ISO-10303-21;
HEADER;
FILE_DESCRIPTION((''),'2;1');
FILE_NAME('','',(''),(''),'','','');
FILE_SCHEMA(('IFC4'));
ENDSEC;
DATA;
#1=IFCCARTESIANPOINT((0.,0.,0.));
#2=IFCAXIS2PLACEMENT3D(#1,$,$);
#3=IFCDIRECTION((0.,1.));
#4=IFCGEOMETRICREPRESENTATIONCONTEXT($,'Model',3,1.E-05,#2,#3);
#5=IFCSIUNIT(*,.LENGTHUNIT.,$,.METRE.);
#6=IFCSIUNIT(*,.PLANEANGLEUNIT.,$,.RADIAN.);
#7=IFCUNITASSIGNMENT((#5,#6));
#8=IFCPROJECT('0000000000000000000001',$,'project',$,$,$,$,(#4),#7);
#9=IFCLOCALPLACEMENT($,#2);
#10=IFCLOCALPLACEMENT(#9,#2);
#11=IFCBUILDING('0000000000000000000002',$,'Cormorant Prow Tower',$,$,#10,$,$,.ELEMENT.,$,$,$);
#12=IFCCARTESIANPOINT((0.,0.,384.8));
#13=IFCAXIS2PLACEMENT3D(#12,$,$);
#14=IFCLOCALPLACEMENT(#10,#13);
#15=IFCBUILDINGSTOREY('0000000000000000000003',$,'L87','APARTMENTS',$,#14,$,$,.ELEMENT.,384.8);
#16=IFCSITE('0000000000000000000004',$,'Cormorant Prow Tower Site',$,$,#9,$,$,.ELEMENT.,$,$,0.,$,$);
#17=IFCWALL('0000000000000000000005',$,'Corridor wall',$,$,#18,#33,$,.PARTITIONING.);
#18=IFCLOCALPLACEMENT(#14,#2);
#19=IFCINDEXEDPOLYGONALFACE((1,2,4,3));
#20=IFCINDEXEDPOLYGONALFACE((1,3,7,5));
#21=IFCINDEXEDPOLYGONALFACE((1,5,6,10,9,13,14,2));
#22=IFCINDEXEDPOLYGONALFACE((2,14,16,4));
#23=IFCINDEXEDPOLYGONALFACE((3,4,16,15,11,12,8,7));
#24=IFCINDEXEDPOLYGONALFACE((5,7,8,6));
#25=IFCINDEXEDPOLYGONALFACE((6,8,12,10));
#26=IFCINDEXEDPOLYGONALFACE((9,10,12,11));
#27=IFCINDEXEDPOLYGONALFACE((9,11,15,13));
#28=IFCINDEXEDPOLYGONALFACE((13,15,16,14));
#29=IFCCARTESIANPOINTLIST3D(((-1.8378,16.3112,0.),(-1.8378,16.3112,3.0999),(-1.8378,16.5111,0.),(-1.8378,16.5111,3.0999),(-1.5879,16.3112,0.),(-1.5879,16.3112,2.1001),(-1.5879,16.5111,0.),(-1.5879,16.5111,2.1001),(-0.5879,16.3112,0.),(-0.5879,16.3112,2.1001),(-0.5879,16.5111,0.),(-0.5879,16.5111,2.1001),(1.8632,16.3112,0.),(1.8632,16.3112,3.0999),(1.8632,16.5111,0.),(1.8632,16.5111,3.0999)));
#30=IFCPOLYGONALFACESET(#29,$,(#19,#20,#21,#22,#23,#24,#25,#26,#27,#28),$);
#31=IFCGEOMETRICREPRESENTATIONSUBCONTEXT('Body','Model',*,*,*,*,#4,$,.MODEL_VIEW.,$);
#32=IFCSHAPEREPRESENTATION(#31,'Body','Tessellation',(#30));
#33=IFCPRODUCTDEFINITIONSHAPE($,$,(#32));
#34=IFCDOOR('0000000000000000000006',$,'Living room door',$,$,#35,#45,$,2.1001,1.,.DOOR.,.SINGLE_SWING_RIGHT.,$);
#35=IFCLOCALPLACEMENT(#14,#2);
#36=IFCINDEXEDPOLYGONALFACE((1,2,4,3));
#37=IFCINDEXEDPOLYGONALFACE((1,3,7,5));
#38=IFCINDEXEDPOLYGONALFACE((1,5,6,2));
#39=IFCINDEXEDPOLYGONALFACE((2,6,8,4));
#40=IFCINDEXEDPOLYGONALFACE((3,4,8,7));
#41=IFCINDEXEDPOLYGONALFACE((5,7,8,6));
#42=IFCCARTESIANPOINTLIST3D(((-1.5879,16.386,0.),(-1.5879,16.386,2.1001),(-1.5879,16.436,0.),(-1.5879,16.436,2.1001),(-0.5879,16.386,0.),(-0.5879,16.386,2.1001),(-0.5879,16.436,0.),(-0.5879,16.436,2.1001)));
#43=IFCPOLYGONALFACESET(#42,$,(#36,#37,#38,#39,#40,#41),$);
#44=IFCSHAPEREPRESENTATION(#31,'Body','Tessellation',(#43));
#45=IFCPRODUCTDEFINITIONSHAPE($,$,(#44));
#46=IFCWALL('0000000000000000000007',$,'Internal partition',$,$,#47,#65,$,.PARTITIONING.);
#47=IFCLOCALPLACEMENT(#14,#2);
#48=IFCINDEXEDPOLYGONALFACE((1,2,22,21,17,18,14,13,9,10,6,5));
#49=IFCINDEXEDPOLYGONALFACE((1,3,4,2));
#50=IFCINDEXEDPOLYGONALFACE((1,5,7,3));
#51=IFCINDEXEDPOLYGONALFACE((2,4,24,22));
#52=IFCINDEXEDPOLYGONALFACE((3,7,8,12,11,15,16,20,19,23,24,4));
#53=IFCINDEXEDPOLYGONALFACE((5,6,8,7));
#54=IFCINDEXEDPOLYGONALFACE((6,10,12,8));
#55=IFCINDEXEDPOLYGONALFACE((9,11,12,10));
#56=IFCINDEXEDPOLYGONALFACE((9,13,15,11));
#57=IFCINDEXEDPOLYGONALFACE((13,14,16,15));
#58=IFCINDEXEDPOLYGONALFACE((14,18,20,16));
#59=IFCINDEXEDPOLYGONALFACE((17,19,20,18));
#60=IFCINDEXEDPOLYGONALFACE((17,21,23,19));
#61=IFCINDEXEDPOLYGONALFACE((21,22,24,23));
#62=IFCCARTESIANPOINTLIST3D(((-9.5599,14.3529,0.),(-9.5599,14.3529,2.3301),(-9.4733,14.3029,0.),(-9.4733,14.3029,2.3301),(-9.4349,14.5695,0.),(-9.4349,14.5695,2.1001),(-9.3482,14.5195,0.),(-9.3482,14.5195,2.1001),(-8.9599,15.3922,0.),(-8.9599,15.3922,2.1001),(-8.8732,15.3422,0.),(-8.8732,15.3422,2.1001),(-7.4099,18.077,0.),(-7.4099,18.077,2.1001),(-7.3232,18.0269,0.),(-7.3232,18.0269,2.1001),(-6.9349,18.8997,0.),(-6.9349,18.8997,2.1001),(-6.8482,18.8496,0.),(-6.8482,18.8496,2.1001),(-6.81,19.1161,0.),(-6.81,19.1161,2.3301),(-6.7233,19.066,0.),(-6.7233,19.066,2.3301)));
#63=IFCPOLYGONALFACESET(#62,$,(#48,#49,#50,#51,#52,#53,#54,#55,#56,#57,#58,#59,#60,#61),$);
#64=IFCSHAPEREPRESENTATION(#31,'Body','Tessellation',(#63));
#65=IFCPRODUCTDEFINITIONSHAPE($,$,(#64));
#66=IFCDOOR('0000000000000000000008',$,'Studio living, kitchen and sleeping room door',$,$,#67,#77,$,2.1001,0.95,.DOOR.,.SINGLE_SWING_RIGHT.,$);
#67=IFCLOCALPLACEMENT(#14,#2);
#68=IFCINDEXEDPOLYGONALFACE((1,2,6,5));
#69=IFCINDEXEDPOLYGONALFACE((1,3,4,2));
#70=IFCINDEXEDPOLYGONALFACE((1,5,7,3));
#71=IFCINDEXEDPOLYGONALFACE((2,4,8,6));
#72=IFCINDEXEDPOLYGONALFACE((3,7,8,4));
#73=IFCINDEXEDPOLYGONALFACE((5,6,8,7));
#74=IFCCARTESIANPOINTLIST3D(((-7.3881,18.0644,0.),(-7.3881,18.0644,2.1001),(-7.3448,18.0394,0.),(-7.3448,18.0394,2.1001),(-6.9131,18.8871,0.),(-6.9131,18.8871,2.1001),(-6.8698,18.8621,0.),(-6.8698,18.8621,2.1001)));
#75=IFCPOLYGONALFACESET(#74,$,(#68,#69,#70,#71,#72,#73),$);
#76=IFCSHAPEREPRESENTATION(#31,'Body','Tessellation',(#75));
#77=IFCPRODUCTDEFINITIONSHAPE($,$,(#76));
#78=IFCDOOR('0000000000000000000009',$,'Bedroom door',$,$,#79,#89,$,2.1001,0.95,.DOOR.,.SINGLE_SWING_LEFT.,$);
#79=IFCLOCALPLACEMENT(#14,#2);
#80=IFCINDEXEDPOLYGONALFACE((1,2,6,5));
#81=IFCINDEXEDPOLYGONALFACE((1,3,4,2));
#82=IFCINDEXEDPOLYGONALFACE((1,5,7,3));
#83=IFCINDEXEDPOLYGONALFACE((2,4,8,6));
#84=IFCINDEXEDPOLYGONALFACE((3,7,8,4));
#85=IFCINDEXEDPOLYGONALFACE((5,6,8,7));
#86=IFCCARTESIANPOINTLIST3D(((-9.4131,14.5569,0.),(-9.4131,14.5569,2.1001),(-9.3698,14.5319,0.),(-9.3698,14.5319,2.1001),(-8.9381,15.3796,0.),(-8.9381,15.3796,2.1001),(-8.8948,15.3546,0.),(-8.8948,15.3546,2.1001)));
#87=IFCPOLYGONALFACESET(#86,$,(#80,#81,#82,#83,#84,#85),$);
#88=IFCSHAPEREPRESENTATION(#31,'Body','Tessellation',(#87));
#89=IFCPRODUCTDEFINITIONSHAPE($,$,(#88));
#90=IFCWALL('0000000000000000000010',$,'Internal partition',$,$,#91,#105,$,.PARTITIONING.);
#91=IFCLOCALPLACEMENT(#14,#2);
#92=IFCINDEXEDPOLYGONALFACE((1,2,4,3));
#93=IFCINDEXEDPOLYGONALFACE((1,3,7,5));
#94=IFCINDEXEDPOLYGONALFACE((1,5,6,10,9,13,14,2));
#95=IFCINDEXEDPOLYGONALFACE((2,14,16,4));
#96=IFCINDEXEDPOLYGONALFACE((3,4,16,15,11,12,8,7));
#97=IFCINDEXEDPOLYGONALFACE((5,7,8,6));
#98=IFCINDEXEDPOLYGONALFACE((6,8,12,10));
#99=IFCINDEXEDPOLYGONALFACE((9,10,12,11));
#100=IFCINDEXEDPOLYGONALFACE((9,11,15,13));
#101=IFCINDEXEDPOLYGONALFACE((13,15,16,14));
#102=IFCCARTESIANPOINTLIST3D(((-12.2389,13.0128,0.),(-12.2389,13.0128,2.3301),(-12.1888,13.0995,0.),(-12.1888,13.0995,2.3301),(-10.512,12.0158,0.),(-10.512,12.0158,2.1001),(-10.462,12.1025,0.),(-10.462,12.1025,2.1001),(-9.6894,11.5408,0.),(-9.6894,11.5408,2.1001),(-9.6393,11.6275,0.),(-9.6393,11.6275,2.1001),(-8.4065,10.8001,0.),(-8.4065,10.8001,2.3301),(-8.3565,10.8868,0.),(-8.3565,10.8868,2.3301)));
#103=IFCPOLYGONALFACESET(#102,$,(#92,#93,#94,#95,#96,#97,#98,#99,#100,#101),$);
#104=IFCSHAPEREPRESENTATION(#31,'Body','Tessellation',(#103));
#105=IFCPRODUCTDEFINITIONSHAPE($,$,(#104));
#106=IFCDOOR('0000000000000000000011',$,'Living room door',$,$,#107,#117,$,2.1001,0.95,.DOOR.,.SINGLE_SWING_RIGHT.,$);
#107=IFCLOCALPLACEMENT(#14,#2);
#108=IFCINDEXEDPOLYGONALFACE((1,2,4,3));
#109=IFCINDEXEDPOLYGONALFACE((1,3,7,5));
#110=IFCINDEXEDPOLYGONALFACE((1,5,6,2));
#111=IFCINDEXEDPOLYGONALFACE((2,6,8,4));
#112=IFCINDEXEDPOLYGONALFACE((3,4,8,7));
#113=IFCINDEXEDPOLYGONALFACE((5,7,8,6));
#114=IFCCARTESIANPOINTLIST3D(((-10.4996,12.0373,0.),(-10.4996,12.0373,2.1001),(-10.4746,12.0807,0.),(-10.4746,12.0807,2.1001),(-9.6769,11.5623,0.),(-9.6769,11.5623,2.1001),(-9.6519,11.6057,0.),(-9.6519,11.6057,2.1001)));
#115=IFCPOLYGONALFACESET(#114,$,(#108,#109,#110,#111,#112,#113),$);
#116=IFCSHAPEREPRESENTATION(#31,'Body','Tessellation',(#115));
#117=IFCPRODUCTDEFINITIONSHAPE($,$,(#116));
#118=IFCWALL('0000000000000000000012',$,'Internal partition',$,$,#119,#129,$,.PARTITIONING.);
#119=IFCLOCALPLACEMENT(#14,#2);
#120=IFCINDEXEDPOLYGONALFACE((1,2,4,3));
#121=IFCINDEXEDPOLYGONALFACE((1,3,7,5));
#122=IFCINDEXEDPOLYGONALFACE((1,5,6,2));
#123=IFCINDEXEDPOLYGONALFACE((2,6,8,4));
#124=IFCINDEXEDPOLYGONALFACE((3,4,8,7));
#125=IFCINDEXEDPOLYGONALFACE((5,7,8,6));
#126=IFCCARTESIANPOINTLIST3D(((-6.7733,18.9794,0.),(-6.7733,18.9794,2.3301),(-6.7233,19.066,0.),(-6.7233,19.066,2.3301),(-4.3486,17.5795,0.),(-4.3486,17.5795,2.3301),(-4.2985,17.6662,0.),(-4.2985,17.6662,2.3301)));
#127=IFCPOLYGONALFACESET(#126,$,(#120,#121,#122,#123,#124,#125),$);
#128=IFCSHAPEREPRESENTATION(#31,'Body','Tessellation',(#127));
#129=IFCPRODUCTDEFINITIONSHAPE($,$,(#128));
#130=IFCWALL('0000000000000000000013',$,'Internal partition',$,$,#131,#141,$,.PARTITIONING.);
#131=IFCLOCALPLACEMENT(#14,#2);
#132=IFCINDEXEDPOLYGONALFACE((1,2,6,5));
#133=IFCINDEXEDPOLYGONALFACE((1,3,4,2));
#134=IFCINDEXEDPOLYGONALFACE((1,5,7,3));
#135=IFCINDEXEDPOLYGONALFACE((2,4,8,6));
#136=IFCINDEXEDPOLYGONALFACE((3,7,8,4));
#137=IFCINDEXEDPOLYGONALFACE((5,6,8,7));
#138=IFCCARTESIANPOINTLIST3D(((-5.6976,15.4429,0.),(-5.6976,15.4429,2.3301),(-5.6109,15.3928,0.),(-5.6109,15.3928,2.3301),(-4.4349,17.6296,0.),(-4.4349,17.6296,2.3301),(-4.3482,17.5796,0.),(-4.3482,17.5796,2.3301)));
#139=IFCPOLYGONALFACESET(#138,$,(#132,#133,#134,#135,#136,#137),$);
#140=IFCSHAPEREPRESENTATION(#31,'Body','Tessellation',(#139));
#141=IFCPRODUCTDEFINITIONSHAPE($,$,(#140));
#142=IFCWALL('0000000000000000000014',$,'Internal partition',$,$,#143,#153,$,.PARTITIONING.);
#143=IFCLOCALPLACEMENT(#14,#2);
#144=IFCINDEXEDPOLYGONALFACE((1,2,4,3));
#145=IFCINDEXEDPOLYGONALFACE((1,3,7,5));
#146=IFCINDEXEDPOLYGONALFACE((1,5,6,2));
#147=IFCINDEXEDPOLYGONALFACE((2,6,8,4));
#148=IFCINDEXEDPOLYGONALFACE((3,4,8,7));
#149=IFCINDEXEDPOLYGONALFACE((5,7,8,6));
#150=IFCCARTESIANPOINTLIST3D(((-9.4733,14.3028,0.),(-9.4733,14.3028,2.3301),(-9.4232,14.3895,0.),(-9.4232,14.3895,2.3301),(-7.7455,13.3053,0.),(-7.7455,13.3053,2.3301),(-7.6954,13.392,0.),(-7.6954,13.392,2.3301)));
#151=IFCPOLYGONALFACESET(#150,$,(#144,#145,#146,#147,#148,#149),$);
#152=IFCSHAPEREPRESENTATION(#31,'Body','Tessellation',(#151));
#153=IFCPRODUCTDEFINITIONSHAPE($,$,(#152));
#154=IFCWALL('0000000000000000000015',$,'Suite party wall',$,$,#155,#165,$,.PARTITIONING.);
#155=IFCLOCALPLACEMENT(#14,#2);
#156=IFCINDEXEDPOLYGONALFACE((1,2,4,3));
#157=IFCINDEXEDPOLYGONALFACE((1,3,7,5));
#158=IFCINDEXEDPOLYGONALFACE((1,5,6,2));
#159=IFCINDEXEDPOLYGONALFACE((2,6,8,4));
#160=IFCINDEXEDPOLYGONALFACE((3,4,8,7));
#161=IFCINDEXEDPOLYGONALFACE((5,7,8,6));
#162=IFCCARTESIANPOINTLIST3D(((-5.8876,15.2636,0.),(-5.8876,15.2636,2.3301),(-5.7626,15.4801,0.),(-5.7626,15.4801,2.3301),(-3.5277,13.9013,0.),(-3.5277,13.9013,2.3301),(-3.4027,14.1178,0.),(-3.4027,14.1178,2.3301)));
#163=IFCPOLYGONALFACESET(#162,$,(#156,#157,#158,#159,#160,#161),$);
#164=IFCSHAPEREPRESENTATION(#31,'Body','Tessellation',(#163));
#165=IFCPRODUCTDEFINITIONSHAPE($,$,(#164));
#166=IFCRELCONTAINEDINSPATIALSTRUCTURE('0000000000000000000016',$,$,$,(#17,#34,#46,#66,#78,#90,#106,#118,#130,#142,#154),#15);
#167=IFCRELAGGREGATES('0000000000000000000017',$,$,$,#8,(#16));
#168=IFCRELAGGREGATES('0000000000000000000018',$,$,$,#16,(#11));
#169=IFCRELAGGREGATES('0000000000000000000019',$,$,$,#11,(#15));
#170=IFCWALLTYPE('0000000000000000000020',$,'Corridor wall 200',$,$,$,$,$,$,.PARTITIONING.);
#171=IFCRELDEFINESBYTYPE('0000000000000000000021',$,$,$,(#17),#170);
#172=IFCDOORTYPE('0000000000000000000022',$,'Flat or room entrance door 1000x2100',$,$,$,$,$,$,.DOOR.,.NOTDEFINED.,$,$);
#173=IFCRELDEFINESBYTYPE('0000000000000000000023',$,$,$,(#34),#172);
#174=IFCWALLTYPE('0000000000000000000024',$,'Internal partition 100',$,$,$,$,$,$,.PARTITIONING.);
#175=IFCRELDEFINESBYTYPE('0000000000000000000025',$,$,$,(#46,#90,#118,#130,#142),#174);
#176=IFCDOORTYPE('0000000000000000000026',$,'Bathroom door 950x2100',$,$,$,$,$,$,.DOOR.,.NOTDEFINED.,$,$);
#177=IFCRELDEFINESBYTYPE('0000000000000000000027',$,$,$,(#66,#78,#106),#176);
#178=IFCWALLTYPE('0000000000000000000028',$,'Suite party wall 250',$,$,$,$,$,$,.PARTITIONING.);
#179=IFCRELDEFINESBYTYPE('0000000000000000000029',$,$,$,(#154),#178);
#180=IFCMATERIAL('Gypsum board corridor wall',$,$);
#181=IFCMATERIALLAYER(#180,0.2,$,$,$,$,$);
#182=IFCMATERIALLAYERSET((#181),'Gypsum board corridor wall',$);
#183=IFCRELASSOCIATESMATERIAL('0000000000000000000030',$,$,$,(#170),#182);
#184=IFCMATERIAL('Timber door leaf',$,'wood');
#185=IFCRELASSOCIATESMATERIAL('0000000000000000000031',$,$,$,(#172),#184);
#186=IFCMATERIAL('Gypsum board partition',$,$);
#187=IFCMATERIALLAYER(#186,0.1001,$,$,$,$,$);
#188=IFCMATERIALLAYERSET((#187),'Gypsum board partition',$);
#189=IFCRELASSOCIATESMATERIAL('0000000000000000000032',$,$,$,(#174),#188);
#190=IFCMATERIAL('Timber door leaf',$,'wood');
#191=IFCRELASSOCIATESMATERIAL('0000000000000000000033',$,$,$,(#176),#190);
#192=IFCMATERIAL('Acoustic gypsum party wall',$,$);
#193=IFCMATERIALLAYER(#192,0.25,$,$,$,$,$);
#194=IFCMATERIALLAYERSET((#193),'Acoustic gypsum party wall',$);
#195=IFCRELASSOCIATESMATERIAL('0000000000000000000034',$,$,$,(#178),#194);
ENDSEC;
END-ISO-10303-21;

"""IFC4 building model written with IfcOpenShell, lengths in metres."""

from ifc_helpers import new_model, si_unit, direction, frame, frame_2d, origin, place, context, subcontext, project, spatial, rectangle, extrude, material, layer, layer_set, type_object, element, fill, save


model = new_model("IFC4")

# Units and contexts
model_context = context("Model", 3, precision=1e-05, world=origin(), true_north=direction((0.0, 1.0)))
body_context = subcontext(model_context, "Body", "Model", "MODEL_VIEW")
ifc_project = project(units=[si_unit("LENGTHUNIT", "METRE"), si_unit("PLANEANGLEUNIT", "RADIAN")], contexts=[model_context])

# Site, building, storey
site_placement = place(None, origin())
site = spatial("IfcSite", under=ifc_project, at=site_placement, Name="Cormorant Prow Tower Site", CompositionType="ELEMENT", RefElevation=0.0)
building_placement = place(site_placement, origin())
building = spatial("IfcBuilding", under=site, at=building_placement, Name="Cormorant Prow Tower", CompositionType="ELEMENT")
storey_placement = place(building_placement, frame((0.0, 0.0, 384.8)))
storey = spatial("IfcBuildingStorey", under=building, at=storey_placement, Name="L87", Description="APARTMENTS", CompositionType="ELEMENT", Elevation=384.8)

# Wall, opening, door
ifc_material_1 = material(Name="Gypsum board corridor wall")
ifc_layer_1 = layer(ifc_material_1, 0.2)
ifc_layer_set_1 = layer_set([ifc_layer_1], Name="Gypsum board corridor wall")
wall_type_1 = type_object("IfcWallType", Name="Corridor wall 200", PredefinedType="PARTITIONING", material=ifc_layer_set_1)
ifc_material_2 = material(Name="Timber door leaf", Category="wood")
door_type_1 = type_object("IfcDoorType", Name="Flat or room entrance door 1000x2100", OperationType="NOTDEFINED", PredefinedType="DOOR", material=ifc_material_2)
wall_1_placement = place(storey_placement, frame((-1.8379, 16.4111, 0.0), z_axis=(0.0, 0.0, 1.0), x_axis=(1.0, 0.0, 0.0)))
wall_1 = element("IfcWall", 1, at=wall_1_placement, inside=storey, type_object=wall_type_1, Name="Corridor wall", PredefinedType="PARTITIONING", context=body_context, shape_type="SweptSolid", body=[
    extrude(rectangle(XDim=3.7009, YDim=0.2, at=frame_2d((1.8506, 0.0))), origin(), (0.0, 0.0, 1.0), 3.0999),
])
opening_1_placement = place(wall_1_placement, frame((0.25, 0.0, 0.0)))
opening_1 = element("IfcOpeningElement", 2, at=opening_1_placement, cuts=wall_1, PredefinedType="OPENING", context=body_context, shape_type="SweptSolid", body=[
    extrude(rectangle(XDim=1.0, YDim=2.1001, at=frame_2d((0.5, 1.05))), frame((0.0, 0.1099, 0.0), z_axis=(0.0, -1.0, 0.0), x_axis=(1.0, 0.0, 0.0)), (0.0, 0.0, 1.0), 0.22),
])
door_1_placement = place(opening_1_placement, origin())
door_1 = element("IfcDoor", 3, at=door_1_placement, inside=storey, type_object=door_type_1, Name="Living room door", OperationType="SINGLE_SWING_RIGHT", OverallHeight=2.1001, OverallWidth=1.0, PredefinedType="DOOR", context=body_context, shape_type="SweptSolid", body=[
    extrude(rectangle(XDim=1.0, YDim=2.1001, at=frame_2d((0.5, 1.05))), frame((0.0, 0.0249, 0.0), z_axis=(0.0, -1.0, 0.0), x_axis=(1.0, 0.0, 0.0)), (0.0, 0.0, 1.0), 0.05),
])
fill(opening_1, door_1)

# Wall, openings, doors
ifc_material_3 = material(Name="Gypsum board partition")
ifc_layer_2 = layer(ifc_material_3, 0.1001)
ifc_layer_set_2 = layer_set([ifc_layer_2], Name="Gypsum board partition")
wall_type_2 = type_object("IfcWallType", Name="Internal partition 100", PredefinedType="PARTITIONING", material=ifc_layer_set_2)
wall_2_placement = place(storey_placement, frame((-9.5166, 14.3279, 0.0), z_axis=(0.0, 0.0, 1.0), x_axis=(0.499997, 0.866027, 0.0)))
wall_2 = element("IfcWall", 4, at=wall_2_placement, inside=storey, type_object=wall_type_2, Name="Internal partition", PredefinedType="PARTITIONING", context=body_context, shape_type="SweptSolid", body=[
    extrude(rectangle(XDim=5.5, YDim=0.1001, at=frame_2d((2.75, 0.0))), origin(), (0.0, 0.0, 1.0), 2.3301),
])
opening_2_placement = place(wall_2_placement, frame((4.3, 0.0, 0.0)))
opening_2 = element("IfcOpeningElement", 5, at=opening_2_placement, cuts=wall_2, PredefinedType="OPENING", context=body_context, shape_type="SweptSolid", body=[
    extrude(rectangle(XDim=0.95, YDim=2.1001, at=frame_2d((0.4751, 1.05))), frame((0.0, 0.0601, 0.0), z_axis=(0.0, -1.0, 0.0), x_axis=(1.0, 0.0, 0.0)), (0.0, 0.0, 1.0), 0.1201),
])
opening_3_placement = place(wall_2_placement, frame((0.25, 0.0, 0.0)))
opening_3 = element("IfcOpeningElement", 6, at=opening_3_placement, cuts=wall_2, PredefinedType="OPENING", context=body_context, shape_type="SweptSolid", body=[
    extrude(rectangle(XDim=0.95, YDim=2.1001, at=frame_2d((0.4751, 1.05))), frame((0.0, 0.0601, 0.0), z_axis=(0.0, -1.0, 0.0), x_axis=(1.0, 0.0, 0.0)), (0.0, 0.0, 1.0), 0.1201),
])
ifc_material_4 = material(Name="Timber door leaf", Category="wood")
door_type_2 = type_object("IfcDoorType", Name="Bathroom door 950x2100", OperationType="NOTDEFINED", PredefinedType="DOOR", material=ifc_material_4)
door_2_placement = place(opening_2_placement, origin())
door_2 = element("IfcDoor", 7, at=door_2_placement, inside=storey, type_object=door_type_2, Name="Studio living, kitchen and sleeping room door", OperationType="SINGLE_SWING_RIGHT", OverallHeight=2.1001, OverallWidth=0.95, PredefinedType="DOOR", context=body_context, shape_type="SweptSolid", body=[
    extrude(rectangle(XDim=0.95, YDim=2.1001, at=frame_2d((0.4751, 1.05))), frame((0.0, 0.0249, 0.0), z_axis=(0.0, -1.0, 0.0), x_axis=(1.0, 0.0, 0.0)), (0.0, 0.0, 1.0), 0.05),
])
fill(opening_2, door_2)
door_3_placement = place(opening_3_placement, origin())
door_3 = element("IfcDoor", 8, at=door_3_placement, inside=storey, type_object=door_type_2, Name="Bedroom door", OperationType="SINGLE_SWING_LEFT", OverallHeight=2.1001, OverallWidth=0.95, PredefinedType="DOOR", context=body_context, shape_type="SweptSolid", body=[
    extrude(rectangle(XDim=0.95, YDim=2.1001, at=frame_2d((0.4751, 1.05))), frame((0.0, 0.0249, 0.0), z_axis=(0.0, -1.0, 0.0), x_axis=(1.0, 0.0, 0.0)), (0.0, 0.0, 1.0), 0.05),
])
fill(opening_3, door_3)

# Wall, opening, door
wall_3_placement = place(storey_placement, frame((-12.2139, 13.0562, 0.0), z_axis=(0.0, 0.0, 1.0), x_axis=(0.866017, -0.500014, 0.0)))
wall_3 = element("IfcWall", 9, at=wall_3_placement, inside=storey, type_object=wall_type_2, Name="Internal partition", PredefinedType="PARTITIONING", context=body_context, shape_type="SweptSolid", body=[
    extrude(rectangle(XDim=4.4253, YDim=0.1001, at=frame_2d((2.2126, 0.0))), origin(), (0.0, 0.0, 1.0), 2.3301),
])
opening_4_placement = place(wall_3_placement, frame((1.9939, 0.0, 0.0)))
opening_4 = element("IfcOpeningElement", 10, at=opening_4_placement, cuts=wall_3, PredefinedType="OPENING", context=body_context, shape_type="SweptSolid", body=[
    extrude(rectangle(XDim=0.95, YDim=2.1001, at=frame_2d((0.4751, 1.05))), frame((0.0, 0.0601, 0.0), z_axis=(0.0, -1.0, 0.0), x_axis=(1.0, 0.0, 0.0)), (0.0, 0.0, 1.0), 0.1201),
])
door_4_placement = place(opening_4_placement, origin())
door_4 = element("IfcDoor", 11, at=door_4_placement, inside=storey, type_object=door_type_2, Name="Living room door", OperationType="SINGLE_SWING_RIGHT", OverallHeight=2.1001, OverallWidth=0.95, PredefinedType="DOOR", context=body_context, shape_type="SweptSolid", body=[
    extrude(rectangle(XDim=0.95, YDim=2.1001, at=frame_2d((0.4751, 1.05))), frame((0.0, 0.0249, 0.0), z_axis=(0.0, -1.0, 0.0), x_axis=(1.0, 0.0, 0.0)), (0.0, 0.0, 1.0), 0.05),
])
fill(opening_4, door_4)

# Walls
wall_4_placement = place(storey_placement, frame((-6.7483, 19.0227, 0.0), z_axis=(0.0, 0.0, 1.0), x_axis=(0.866035, -0.499984, 0.0)))
element("IfcWall", 12, at=wall_4_placement, inside=storey, type_object=wall_type_2, Name="Internal partition", PredefinedType="PARTITIONING", context=body_context, shape_type="SweptSolid", body=[
    extrude(rectangle(XDim=2.7998, YDim=0.1001, at=frame_2d((1.3999, 0.0))), origin(), (0.0, 0.0, 1.0), 2.3301),
])
wall_5_placement = place(storey_placement, frame((-5.6543, 15.4177, 0.0), z_axis=(0.0, 0.0, 1.0), x_axis=(0.500049, 0.865997, 0.0)))
element("IfcWall", 13, at=wall_5_placement, inside=storey, type_object=wall_type_2, Name="Internal partition", PredefinedType="PARTITIONING", context=body_context, shape_type="SweptSolid", body=[
    extrude(rectangle(XDim=2.5251, YDim=0.1001, at=frame_2d((1.2627, 0.0))), origin(), (0.0, 0.0, 1.0), 2.3301),
])
wall_6_placement = place(storey_placement, frame((-9.4482, 14.3462, 0.0), z_axis=(0.0, 0.0, 1.0), x_axis=(0.866021, -0.500008, 0.0)))
element("IfcWall", 14, at=wall_6_placement, inside=storey, type_object=wall_type_2, Name="Internal partition", PredefinedType="PARTITIONING", context=body_context, shape_type="SweptSolid", body=[
    extrude(rectangle(XDim=1.9951, YDim=0.1001, at=frame_2d((0.9976, 0.0))), origin(), (0.0, 0.0, 1.0), 2.3301),
])
ifc_material_5 = material(Name="Acoustic gypsum party wall")
ifc_layer_3 = layer(ifc_material_5, 0.25)
ifc_layer_set_3 = layer_set([ifc_layer_3], Name="Acoustic gypsum party wall")
wall_type_3 = type_object("IfcWallType", Name="Suite party wall 250", PredefinedType="PARTITIONING", material=ifc_layer_set_3)
wall_7_placement = place(storey_placement, frame((-5.825, 15.3718, 0.0), z_axis=(0.0, 0.0, 1.0), x_axis=(0.866051, -0.499955, 0.0)))
element("IfcWall", 15, at=wall_7_placement, inside=storey, type_object=wall_type_3, Name="Suite party wall", PredefinedType="PARTITIONING", context=body_context, shape_type="SweptSolid", body=[
    extrude(rectangle(XDim=2.7249, YDim=0.25, at=frame_2d((1.3623, 0.0))), origin(), (0.0, 0.0, 1.0), 2.3301),
])

save(model, "model.ifc")
